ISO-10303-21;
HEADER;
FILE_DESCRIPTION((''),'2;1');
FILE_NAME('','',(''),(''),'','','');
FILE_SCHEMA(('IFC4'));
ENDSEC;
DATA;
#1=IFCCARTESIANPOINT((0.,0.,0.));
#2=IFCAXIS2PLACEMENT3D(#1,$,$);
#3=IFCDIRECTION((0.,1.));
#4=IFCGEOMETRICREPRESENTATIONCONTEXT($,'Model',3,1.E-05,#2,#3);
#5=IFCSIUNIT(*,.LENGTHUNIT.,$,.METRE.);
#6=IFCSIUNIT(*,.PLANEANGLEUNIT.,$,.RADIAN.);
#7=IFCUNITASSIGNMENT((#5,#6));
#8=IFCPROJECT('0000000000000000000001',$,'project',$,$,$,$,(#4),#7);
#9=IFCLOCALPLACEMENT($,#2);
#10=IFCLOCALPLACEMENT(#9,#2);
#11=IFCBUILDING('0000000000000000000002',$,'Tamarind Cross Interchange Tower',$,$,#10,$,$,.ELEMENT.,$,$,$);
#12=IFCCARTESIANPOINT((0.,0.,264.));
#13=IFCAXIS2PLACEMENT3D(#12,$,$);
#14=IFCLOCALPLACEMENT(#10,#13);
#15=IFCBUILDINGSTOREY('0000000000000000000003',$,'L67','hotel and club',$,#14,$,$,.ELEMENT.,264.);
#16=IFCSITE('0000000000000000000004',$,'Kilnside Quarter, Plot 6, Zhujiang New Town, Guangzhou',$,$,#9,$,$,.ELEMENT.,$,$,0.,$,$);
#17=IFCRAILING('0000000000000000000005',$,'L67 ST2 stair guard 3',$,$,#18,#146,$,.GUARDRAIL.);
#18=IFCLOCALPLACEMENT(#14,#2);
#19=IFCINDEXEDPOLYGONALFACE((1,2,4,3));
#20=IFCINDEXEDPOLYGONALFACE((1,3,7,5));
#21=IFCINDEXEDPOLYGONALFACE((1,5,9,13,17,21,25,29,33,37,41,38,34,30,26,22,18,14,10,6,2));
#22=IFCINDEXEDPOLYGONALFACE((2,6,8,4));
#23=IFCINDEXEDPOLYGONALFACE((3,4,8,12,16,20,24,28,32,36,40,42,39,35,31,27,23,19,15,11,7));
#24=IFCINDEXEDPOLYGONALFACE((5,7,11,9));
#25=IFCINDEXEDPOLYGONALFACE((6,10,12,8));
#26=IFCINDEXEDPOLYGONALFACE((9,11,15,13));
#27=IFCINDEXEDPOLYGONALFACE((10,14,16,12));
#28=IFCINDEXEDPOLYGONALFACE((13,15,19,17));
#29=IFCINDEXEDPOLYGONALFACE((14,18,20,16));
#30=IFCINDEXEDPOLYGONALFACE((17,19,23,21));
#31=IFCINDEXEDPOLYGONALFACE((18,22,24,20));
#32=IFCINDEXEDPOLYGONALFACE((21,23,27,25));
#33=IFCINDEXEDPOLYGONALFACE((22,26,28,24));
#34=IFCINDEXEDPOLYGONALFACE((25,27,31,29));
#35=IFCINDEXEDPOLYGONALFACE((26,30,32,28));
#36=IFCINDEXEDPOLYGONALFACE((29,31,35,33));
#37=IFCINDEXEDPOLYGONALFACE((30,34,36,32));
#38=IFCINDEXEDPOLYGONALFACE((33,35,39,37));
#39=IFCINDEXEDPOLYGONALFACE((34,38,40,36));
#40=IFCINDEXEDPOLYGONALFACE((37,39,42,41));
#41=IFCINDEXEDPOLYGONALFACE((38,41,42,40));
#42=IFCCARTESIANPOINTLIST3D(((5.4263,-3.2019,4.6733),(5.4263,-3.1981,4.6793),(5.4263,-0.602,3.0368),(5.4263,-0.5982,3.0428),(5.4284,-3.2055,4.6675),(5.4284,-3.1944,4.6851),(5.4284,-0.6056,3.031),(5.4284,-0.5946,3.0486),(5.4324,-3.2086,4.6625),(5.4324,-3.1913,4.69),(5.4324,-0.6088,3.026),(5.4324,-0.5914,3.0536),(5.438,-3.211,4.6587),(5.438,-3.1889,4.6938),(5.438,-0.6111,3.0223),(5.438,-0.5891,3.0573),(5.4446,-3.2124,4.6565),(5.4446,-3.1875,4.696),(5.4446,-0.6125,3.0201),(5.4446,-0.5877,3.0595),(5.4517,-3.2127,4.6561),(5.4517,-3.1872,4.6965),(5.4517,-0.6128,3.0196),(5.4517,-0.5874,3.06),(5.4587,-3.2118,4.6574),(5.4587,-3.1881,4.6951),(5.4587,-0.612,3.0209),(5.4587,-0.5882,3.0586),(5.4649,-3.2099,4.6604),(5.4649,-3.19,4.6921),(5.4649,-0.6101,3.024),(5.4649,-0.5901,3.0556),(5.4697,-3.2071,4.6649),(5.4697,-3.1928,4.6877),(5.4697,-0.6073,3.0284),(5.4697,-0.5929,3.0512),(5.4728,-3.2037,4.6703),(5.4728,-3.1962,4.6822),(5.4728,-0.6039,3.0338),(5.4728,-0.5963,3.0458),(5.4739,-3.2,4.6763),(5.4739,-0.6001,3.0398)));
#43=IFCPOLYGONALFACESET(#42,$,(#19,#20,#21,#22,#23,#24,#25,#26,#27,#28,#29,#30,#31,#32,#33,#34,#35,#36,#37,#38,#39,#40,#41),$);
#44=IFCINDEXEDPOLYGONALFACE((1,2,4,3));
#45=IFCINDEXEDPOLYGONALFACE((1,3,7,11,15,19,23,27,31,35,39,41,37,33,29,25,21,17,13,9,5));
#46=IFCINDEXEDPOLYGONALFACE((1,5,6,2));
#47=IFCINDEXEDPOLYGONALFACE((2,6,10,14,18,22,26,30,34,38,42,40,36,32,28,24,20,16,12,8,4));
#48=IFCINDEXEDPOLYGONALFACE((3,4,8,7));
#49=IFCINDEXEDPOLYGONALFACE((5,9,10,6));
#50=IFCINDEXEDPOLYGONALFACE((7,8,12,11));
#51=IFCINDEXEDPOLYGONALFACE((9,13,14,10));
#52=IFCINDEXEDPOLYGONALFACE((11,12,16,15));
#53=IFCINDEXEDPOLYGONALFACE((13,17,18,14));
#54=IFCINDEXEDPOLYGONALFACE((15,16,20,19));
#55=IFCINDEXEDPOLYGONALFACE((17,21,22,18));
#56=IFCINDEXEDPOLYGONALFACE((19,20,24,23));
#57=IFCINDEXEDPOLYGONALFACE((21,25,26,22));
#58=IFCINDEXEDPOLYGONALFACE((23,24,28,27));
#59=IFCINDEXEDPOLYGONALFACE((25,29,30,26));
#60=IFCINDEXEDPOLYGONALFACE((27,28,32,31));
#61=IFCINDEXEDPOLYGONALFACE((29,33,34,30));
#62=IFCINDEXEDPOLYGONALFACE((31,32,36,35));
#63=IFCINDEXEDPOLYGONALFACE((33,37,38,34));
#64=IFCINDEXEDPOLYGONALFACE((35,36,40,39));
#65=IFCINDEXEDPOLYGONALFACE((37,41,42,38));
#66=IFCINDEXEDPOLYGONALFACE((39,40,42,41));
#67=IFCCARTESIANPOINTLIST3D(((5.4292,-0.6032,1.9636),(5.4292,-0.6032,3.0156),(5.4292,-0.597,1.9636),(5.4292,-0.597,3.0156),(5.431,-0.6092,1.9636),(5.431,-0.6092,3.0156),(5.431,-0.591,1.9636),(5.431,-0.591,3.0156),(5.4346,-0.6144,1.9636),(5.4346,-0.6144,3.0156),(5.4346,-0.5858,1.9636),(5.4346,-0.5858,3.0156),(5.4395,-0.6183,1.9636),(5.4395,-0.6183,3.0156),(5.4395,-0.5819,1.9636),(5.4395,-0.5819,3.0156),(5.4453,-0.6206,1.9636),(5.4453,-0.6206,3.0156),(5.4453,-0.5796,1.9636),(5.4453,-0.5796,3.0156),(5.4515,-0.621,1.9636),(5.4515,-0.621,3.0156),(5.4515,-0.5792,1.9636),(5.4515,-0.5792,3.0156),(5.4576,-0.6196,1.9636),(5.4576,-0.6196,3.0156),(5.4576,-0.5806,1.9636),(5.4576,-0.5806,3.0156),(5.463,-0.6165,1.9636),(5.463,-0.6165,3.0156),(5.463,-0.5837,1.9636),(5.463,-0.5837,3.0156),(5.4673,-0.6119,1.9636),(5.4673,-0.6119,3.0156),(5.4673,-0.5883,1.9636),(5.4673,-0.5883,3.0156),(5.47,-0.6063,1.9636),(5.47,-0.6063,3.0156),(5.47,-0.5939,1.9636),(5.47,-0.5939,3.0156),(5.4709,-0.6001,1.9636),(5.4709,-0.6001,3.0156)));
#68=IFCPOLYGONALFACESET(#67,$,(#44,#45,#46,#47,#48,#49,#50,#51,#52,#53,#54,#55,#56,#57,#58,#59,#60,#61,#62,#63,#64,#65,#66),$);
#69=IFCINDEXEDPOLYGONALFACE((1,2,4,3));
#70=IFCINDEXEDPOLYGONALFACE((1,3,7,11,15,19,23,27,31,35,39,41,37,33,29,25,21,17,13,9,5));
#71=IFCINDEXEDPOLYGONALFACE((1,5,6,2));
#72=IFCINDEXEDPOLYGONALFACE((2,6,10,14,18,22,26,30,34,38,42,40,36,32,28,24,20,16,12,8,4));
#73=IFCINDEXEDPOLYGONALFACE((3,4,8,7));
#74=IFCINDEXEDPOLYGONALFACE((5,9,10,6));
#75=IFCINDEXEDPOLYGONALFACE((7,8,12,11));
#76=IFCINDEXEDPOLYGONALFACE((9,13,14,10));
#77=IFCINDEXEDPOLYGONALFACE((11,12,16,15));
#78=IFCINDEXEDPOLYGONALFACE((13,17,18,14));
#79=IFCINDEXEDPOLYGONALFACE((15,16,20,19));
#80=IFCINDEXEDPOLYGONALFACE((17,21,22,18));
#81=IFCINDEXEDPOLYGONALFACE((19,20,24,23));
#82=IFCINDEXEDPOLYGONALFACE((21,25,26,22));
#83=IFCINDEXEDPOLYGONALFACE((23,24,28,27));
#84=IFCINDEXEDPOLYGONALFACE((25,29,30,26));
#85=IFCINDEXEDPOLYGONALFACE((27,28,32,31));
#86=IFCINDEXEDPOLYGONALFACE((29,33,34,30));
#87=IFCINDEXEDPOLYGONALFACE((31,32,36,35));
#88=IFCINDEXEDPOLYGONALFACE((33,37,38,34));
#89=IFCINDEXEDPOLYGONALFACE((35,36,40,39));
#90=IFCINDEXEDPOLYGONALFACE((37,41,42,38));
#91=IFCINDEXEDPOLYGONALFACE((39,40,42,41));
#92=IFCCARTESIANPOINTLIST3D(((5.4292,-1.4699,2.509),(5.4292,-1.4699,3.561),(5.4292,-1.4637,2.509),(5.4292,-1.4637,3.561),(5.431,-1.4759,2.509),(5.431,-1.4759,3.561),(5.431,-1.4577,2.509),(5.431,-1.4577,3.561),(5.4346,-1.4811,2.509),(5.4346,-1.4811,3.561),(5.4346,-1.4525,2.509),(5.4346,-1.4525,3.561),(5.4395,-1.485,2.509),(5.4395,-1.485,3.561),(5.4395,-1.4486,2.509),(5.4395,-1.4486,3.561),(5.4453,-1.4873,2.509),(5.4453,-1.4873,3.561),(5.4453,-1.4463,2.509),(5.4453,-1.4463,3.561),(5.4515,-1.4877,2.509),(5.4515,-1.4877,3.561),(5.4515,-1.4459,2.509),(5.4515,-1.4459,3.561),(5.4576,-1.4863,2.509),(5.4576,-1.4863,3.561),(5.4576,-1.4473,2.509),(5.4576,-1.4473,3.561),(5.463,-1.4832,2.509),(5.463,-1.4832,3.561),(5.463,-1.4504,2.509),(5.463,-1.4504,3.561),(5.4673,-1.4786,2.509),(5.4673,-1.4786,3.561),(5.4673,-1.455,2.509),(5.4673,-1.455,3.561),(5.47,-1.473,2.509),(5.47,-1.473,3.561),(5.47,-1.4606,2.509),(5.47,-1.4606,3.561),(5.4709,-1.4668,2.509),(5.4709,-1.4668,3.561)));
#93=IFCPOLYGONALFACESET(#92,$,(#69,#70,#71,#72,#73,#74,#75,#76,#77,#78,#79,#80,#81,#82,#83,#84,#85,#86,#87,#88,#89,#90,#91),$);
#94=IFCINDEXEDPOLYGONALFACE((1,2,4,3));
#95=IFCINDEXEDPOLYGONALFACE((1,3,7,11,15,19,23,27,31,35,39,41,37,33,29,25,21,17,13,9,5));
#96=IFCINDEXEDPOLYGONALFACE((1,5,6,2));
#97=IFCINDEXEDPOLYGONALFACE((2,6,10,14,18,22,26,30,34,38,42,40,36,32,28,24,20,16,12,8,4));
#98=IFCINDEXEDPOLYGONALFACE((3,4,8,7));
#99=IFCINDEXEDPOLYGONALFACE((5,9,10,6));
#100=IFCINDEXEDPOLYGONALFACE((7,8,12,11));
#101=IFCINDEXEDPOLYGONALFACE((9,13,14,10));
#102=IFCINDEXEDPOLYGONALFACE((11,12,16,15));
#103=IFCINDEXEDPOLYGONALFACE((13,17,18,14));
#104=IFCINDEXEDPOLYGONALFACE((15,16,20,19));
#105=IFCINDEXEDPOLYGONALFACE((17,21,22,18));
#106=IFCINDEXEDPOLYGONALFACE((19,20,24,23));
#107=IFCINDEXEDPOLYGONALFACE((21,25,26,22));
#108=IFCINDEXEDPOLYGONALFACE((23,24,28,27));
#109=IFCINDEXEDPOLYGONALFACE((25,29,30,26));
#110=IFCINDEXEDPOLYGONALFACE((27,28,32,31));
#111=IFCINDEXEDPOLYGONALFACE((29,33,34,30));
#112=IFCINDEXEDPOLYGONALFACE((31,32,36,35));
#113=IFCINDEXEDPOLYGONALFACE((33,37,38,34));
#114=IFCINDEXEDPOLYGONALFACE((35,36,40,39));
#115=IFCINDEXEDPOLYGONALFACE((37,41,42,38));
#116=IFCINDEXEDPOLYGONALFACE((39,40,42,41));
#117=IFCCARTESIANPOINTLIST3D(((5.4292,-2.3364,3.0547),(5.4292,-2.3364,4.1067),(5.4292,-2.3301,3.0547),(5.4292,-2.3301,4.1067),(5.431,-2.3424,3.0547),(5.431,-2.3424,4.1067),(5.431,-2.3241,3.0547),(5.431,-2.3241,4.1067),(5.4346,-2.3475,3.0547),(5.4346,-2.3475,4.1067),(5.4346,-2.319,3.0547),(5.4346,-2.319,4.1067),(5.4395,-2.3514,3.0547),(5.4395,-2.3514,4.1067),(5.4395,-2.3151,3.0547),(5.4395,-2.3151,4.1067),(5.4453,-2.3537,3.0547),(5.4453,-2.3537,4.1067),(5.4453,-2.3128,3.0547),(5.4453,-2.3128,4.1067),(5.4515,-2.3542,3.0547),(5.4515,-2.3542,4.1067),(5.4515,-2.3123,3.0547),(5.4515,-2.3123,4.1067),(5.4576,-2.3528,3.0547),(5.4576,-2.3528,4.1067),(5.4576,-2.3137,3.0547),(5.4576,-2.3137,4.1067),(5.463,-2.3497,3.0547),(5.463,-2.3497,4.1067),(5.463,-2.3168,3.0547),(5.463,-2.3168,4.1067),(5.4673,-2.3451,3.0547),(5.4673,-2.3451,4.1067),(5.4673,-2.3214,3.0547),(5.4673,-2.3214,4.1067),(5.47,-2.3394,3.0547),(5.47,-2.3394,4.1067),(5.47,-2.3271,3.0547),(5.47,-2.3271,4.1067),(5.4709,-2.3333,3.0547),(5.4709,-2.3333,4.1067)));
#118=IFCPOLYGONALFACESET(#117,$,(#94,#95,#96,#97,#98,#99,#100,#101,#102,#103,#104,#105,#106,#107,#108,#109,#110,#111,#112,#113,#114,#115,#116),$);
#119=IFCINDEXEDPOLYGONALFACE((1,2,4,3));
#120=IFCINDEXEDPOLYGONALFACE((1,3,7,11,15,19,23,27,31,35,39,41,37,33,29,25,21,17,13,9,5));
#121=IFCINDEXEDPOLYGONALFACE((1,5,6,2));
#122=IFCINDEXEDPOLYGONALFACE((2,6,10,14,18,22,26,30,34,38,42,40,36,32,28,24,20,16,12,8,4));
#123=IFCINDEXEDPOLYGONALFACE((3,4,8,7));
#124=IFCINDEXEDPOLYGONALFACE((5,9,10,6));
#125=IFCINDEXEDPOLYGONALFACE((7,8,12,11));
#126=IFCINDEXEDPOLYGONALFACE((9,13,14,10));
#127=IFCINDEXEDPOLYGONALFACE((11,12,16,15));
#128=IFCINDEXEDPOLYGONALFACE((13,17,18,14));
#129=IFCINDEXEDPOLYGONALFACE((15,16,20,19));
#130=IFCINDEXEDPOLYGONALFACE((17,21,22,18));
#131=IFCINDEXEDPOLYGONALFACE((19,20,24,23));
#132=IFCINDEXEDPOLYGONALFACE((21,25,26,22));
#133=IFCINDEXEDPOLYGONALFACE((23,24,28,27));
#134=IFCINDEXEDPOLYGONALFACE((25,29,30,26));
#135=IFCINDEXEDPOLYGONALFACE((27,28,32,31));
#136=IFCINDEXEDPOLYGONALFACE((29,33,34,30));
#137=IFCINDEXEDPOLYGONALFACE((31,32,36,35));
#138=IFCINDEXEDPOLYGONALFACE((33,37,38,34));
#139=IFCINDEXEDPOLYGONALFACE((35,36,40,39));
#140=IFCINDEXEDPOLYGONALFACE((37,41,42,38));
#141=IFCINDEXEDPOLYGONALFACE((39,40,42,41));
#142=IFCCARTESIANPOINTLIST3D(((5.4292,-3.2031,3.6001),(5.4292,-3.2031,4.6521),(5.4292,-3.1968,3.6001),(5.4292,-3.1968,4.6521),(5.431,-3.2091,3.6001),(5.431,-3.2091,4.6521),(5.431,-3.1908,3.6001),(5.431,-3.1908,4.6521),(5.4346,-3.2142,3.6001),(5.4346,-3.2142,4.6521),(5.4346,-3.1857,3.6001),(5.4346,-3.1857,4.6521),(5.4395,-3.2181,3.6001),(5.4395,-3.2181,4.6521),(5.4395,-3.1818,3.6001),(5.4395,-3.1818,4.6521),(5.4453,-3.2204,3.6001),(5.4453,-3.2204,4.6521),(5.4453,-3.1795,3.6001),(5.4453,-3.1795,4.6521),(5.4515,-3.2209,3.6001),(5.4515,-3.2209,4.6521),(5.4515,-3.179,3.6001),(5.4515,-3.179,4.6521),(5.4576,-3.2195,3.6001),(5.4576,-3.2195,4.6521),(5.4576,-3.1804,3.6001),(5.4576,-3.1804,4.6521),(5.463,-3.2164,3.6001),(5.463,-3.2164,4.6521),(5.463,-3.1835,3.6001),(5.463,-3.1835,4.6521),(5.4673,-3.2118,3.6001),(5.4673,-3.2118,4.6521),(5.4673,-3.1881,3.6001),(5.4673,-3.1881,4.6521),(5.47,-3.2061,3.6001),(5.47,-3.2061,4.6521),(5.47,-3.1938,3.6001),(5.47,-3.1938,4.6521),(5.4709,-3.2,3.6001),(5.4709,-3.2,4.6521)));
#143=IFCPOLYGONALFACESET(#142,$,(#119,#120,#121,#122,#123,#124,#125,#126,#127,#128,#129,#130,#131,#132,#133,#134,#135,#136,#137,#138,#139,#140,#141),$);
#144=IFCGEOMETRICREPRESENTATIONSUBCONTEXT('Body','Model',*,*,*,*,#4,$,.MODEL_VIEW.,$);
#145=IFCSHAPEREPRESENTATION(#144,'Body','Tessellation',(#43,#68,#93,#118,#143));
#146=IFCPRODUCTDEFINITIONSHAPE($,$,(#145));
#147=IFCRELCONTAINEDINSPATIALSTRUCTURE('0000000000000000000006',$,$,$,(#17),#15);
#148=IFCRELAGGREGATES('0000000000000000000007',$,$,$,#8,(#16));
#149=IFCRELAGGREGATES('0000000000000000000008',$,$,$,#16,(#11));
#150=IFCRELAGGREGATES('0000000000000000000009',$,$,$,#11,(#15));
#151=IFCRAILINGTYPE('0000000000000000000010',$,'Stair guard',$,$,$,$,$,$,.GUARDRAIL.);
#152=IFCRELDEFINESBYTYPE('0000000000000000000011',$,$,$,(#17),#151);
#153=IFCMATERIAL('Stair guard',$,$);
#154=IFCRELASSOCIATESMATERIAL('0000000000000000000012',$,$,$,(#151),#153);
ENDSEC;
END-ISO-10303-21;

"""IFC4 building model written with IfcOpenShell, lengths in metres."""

from ifc_helpers import new_model, si_unit, direction, frame, origin, origin_2d, place, context, subcontext, project, spatial, circle, extrude, material, type_object, element, save


model = new_model("IFC4")

# Units and contexts
model_context = context("Model", 3, precision=1e-05, world=origin(), true_north=direction((0.0, 1.0)))
body_context = subcontext(model_context, "Body", "Model", "MODEL_VIEW")
ifc_project = project(units=[si_unit("LENGTHUNIT", "METRE"), si_unit("PLANEANGLEUNIT", "RADIAN")], contexts=[model_context])

# Site, building, storey
site_placement = place(None, origin())
site = spatial("IfcSite", under=ifc_project, at=site_placement, Name="Kilnside Quarter, Plot 6, Zhujiang New Town, Guangzhou", CompositionType="ELEMENT", RefElevation=0.0)
building_placement = place(site_placement, origin())
building = spatial("IfcBuilding", under=site, at=building_placement, Name="Tamarind Cross Interchange Tower", CompositionType="ELEMENT")
storey_placement = place(building_placement, frame((0.0, 0.0, 264.0)))
storey = spatial("IfcBuildingStorey", under=building, at=storey_placement, Name="L67", Description="hotel and club", CompositionType="ELEMENT", Elevation=264.0)

# Railing
ifc_material_1 = material(Name="Stair guard")
railing_type_1 = type_object("IfcRailingType", Name="Stair guard", PredefinedType="GUARDRAIL", material=ifc_material_1)
railing_1_placement = place(storey_placement, frame((5.45, -0.6001, 1.9636)))
element("IfcRailing", 1, at=railing_1_placement, inside=storey, type_object=railing_type_1, Name="L67 ST2 stair guard 3", PredefinedType="GUARDRAIL", context=body_context, shape_type="SweptSolid", body=[
    extrude(circle(Radius=0.0239, at=origin_2d()), frame((0.0, 0.0, 1.0762), z_axis=(0.0, -0.846302, 0.532704), x_axis=(1.0, 0.0, 0.0)), (0.0, 0.0, 1.0), 3.072),
    extrude(circle(Radius=0.021, at=origin_2d()), origin(), (0.0, 0.0, 1.0), 1.052),
    extrude(circle(Radius=0.021, at=origin_2d()), frame((0.0, -0.8667, 0.5454)), (0.0, 0.0, 1.0), 1.052),
    extrude(circle(Radius=0.021, at=origin_2d()), frame((0.0, -1.7332, 1.0911)), (0.0, 0.0, 1.0), 1.052),
    extrude(circle(Radius=0.021, at=origin_2d()), frame((0.0, -2.5999, 1.6365)), (0.0, 0.0, 1.0), 1.052),
])

save(model, "model.ifc")
